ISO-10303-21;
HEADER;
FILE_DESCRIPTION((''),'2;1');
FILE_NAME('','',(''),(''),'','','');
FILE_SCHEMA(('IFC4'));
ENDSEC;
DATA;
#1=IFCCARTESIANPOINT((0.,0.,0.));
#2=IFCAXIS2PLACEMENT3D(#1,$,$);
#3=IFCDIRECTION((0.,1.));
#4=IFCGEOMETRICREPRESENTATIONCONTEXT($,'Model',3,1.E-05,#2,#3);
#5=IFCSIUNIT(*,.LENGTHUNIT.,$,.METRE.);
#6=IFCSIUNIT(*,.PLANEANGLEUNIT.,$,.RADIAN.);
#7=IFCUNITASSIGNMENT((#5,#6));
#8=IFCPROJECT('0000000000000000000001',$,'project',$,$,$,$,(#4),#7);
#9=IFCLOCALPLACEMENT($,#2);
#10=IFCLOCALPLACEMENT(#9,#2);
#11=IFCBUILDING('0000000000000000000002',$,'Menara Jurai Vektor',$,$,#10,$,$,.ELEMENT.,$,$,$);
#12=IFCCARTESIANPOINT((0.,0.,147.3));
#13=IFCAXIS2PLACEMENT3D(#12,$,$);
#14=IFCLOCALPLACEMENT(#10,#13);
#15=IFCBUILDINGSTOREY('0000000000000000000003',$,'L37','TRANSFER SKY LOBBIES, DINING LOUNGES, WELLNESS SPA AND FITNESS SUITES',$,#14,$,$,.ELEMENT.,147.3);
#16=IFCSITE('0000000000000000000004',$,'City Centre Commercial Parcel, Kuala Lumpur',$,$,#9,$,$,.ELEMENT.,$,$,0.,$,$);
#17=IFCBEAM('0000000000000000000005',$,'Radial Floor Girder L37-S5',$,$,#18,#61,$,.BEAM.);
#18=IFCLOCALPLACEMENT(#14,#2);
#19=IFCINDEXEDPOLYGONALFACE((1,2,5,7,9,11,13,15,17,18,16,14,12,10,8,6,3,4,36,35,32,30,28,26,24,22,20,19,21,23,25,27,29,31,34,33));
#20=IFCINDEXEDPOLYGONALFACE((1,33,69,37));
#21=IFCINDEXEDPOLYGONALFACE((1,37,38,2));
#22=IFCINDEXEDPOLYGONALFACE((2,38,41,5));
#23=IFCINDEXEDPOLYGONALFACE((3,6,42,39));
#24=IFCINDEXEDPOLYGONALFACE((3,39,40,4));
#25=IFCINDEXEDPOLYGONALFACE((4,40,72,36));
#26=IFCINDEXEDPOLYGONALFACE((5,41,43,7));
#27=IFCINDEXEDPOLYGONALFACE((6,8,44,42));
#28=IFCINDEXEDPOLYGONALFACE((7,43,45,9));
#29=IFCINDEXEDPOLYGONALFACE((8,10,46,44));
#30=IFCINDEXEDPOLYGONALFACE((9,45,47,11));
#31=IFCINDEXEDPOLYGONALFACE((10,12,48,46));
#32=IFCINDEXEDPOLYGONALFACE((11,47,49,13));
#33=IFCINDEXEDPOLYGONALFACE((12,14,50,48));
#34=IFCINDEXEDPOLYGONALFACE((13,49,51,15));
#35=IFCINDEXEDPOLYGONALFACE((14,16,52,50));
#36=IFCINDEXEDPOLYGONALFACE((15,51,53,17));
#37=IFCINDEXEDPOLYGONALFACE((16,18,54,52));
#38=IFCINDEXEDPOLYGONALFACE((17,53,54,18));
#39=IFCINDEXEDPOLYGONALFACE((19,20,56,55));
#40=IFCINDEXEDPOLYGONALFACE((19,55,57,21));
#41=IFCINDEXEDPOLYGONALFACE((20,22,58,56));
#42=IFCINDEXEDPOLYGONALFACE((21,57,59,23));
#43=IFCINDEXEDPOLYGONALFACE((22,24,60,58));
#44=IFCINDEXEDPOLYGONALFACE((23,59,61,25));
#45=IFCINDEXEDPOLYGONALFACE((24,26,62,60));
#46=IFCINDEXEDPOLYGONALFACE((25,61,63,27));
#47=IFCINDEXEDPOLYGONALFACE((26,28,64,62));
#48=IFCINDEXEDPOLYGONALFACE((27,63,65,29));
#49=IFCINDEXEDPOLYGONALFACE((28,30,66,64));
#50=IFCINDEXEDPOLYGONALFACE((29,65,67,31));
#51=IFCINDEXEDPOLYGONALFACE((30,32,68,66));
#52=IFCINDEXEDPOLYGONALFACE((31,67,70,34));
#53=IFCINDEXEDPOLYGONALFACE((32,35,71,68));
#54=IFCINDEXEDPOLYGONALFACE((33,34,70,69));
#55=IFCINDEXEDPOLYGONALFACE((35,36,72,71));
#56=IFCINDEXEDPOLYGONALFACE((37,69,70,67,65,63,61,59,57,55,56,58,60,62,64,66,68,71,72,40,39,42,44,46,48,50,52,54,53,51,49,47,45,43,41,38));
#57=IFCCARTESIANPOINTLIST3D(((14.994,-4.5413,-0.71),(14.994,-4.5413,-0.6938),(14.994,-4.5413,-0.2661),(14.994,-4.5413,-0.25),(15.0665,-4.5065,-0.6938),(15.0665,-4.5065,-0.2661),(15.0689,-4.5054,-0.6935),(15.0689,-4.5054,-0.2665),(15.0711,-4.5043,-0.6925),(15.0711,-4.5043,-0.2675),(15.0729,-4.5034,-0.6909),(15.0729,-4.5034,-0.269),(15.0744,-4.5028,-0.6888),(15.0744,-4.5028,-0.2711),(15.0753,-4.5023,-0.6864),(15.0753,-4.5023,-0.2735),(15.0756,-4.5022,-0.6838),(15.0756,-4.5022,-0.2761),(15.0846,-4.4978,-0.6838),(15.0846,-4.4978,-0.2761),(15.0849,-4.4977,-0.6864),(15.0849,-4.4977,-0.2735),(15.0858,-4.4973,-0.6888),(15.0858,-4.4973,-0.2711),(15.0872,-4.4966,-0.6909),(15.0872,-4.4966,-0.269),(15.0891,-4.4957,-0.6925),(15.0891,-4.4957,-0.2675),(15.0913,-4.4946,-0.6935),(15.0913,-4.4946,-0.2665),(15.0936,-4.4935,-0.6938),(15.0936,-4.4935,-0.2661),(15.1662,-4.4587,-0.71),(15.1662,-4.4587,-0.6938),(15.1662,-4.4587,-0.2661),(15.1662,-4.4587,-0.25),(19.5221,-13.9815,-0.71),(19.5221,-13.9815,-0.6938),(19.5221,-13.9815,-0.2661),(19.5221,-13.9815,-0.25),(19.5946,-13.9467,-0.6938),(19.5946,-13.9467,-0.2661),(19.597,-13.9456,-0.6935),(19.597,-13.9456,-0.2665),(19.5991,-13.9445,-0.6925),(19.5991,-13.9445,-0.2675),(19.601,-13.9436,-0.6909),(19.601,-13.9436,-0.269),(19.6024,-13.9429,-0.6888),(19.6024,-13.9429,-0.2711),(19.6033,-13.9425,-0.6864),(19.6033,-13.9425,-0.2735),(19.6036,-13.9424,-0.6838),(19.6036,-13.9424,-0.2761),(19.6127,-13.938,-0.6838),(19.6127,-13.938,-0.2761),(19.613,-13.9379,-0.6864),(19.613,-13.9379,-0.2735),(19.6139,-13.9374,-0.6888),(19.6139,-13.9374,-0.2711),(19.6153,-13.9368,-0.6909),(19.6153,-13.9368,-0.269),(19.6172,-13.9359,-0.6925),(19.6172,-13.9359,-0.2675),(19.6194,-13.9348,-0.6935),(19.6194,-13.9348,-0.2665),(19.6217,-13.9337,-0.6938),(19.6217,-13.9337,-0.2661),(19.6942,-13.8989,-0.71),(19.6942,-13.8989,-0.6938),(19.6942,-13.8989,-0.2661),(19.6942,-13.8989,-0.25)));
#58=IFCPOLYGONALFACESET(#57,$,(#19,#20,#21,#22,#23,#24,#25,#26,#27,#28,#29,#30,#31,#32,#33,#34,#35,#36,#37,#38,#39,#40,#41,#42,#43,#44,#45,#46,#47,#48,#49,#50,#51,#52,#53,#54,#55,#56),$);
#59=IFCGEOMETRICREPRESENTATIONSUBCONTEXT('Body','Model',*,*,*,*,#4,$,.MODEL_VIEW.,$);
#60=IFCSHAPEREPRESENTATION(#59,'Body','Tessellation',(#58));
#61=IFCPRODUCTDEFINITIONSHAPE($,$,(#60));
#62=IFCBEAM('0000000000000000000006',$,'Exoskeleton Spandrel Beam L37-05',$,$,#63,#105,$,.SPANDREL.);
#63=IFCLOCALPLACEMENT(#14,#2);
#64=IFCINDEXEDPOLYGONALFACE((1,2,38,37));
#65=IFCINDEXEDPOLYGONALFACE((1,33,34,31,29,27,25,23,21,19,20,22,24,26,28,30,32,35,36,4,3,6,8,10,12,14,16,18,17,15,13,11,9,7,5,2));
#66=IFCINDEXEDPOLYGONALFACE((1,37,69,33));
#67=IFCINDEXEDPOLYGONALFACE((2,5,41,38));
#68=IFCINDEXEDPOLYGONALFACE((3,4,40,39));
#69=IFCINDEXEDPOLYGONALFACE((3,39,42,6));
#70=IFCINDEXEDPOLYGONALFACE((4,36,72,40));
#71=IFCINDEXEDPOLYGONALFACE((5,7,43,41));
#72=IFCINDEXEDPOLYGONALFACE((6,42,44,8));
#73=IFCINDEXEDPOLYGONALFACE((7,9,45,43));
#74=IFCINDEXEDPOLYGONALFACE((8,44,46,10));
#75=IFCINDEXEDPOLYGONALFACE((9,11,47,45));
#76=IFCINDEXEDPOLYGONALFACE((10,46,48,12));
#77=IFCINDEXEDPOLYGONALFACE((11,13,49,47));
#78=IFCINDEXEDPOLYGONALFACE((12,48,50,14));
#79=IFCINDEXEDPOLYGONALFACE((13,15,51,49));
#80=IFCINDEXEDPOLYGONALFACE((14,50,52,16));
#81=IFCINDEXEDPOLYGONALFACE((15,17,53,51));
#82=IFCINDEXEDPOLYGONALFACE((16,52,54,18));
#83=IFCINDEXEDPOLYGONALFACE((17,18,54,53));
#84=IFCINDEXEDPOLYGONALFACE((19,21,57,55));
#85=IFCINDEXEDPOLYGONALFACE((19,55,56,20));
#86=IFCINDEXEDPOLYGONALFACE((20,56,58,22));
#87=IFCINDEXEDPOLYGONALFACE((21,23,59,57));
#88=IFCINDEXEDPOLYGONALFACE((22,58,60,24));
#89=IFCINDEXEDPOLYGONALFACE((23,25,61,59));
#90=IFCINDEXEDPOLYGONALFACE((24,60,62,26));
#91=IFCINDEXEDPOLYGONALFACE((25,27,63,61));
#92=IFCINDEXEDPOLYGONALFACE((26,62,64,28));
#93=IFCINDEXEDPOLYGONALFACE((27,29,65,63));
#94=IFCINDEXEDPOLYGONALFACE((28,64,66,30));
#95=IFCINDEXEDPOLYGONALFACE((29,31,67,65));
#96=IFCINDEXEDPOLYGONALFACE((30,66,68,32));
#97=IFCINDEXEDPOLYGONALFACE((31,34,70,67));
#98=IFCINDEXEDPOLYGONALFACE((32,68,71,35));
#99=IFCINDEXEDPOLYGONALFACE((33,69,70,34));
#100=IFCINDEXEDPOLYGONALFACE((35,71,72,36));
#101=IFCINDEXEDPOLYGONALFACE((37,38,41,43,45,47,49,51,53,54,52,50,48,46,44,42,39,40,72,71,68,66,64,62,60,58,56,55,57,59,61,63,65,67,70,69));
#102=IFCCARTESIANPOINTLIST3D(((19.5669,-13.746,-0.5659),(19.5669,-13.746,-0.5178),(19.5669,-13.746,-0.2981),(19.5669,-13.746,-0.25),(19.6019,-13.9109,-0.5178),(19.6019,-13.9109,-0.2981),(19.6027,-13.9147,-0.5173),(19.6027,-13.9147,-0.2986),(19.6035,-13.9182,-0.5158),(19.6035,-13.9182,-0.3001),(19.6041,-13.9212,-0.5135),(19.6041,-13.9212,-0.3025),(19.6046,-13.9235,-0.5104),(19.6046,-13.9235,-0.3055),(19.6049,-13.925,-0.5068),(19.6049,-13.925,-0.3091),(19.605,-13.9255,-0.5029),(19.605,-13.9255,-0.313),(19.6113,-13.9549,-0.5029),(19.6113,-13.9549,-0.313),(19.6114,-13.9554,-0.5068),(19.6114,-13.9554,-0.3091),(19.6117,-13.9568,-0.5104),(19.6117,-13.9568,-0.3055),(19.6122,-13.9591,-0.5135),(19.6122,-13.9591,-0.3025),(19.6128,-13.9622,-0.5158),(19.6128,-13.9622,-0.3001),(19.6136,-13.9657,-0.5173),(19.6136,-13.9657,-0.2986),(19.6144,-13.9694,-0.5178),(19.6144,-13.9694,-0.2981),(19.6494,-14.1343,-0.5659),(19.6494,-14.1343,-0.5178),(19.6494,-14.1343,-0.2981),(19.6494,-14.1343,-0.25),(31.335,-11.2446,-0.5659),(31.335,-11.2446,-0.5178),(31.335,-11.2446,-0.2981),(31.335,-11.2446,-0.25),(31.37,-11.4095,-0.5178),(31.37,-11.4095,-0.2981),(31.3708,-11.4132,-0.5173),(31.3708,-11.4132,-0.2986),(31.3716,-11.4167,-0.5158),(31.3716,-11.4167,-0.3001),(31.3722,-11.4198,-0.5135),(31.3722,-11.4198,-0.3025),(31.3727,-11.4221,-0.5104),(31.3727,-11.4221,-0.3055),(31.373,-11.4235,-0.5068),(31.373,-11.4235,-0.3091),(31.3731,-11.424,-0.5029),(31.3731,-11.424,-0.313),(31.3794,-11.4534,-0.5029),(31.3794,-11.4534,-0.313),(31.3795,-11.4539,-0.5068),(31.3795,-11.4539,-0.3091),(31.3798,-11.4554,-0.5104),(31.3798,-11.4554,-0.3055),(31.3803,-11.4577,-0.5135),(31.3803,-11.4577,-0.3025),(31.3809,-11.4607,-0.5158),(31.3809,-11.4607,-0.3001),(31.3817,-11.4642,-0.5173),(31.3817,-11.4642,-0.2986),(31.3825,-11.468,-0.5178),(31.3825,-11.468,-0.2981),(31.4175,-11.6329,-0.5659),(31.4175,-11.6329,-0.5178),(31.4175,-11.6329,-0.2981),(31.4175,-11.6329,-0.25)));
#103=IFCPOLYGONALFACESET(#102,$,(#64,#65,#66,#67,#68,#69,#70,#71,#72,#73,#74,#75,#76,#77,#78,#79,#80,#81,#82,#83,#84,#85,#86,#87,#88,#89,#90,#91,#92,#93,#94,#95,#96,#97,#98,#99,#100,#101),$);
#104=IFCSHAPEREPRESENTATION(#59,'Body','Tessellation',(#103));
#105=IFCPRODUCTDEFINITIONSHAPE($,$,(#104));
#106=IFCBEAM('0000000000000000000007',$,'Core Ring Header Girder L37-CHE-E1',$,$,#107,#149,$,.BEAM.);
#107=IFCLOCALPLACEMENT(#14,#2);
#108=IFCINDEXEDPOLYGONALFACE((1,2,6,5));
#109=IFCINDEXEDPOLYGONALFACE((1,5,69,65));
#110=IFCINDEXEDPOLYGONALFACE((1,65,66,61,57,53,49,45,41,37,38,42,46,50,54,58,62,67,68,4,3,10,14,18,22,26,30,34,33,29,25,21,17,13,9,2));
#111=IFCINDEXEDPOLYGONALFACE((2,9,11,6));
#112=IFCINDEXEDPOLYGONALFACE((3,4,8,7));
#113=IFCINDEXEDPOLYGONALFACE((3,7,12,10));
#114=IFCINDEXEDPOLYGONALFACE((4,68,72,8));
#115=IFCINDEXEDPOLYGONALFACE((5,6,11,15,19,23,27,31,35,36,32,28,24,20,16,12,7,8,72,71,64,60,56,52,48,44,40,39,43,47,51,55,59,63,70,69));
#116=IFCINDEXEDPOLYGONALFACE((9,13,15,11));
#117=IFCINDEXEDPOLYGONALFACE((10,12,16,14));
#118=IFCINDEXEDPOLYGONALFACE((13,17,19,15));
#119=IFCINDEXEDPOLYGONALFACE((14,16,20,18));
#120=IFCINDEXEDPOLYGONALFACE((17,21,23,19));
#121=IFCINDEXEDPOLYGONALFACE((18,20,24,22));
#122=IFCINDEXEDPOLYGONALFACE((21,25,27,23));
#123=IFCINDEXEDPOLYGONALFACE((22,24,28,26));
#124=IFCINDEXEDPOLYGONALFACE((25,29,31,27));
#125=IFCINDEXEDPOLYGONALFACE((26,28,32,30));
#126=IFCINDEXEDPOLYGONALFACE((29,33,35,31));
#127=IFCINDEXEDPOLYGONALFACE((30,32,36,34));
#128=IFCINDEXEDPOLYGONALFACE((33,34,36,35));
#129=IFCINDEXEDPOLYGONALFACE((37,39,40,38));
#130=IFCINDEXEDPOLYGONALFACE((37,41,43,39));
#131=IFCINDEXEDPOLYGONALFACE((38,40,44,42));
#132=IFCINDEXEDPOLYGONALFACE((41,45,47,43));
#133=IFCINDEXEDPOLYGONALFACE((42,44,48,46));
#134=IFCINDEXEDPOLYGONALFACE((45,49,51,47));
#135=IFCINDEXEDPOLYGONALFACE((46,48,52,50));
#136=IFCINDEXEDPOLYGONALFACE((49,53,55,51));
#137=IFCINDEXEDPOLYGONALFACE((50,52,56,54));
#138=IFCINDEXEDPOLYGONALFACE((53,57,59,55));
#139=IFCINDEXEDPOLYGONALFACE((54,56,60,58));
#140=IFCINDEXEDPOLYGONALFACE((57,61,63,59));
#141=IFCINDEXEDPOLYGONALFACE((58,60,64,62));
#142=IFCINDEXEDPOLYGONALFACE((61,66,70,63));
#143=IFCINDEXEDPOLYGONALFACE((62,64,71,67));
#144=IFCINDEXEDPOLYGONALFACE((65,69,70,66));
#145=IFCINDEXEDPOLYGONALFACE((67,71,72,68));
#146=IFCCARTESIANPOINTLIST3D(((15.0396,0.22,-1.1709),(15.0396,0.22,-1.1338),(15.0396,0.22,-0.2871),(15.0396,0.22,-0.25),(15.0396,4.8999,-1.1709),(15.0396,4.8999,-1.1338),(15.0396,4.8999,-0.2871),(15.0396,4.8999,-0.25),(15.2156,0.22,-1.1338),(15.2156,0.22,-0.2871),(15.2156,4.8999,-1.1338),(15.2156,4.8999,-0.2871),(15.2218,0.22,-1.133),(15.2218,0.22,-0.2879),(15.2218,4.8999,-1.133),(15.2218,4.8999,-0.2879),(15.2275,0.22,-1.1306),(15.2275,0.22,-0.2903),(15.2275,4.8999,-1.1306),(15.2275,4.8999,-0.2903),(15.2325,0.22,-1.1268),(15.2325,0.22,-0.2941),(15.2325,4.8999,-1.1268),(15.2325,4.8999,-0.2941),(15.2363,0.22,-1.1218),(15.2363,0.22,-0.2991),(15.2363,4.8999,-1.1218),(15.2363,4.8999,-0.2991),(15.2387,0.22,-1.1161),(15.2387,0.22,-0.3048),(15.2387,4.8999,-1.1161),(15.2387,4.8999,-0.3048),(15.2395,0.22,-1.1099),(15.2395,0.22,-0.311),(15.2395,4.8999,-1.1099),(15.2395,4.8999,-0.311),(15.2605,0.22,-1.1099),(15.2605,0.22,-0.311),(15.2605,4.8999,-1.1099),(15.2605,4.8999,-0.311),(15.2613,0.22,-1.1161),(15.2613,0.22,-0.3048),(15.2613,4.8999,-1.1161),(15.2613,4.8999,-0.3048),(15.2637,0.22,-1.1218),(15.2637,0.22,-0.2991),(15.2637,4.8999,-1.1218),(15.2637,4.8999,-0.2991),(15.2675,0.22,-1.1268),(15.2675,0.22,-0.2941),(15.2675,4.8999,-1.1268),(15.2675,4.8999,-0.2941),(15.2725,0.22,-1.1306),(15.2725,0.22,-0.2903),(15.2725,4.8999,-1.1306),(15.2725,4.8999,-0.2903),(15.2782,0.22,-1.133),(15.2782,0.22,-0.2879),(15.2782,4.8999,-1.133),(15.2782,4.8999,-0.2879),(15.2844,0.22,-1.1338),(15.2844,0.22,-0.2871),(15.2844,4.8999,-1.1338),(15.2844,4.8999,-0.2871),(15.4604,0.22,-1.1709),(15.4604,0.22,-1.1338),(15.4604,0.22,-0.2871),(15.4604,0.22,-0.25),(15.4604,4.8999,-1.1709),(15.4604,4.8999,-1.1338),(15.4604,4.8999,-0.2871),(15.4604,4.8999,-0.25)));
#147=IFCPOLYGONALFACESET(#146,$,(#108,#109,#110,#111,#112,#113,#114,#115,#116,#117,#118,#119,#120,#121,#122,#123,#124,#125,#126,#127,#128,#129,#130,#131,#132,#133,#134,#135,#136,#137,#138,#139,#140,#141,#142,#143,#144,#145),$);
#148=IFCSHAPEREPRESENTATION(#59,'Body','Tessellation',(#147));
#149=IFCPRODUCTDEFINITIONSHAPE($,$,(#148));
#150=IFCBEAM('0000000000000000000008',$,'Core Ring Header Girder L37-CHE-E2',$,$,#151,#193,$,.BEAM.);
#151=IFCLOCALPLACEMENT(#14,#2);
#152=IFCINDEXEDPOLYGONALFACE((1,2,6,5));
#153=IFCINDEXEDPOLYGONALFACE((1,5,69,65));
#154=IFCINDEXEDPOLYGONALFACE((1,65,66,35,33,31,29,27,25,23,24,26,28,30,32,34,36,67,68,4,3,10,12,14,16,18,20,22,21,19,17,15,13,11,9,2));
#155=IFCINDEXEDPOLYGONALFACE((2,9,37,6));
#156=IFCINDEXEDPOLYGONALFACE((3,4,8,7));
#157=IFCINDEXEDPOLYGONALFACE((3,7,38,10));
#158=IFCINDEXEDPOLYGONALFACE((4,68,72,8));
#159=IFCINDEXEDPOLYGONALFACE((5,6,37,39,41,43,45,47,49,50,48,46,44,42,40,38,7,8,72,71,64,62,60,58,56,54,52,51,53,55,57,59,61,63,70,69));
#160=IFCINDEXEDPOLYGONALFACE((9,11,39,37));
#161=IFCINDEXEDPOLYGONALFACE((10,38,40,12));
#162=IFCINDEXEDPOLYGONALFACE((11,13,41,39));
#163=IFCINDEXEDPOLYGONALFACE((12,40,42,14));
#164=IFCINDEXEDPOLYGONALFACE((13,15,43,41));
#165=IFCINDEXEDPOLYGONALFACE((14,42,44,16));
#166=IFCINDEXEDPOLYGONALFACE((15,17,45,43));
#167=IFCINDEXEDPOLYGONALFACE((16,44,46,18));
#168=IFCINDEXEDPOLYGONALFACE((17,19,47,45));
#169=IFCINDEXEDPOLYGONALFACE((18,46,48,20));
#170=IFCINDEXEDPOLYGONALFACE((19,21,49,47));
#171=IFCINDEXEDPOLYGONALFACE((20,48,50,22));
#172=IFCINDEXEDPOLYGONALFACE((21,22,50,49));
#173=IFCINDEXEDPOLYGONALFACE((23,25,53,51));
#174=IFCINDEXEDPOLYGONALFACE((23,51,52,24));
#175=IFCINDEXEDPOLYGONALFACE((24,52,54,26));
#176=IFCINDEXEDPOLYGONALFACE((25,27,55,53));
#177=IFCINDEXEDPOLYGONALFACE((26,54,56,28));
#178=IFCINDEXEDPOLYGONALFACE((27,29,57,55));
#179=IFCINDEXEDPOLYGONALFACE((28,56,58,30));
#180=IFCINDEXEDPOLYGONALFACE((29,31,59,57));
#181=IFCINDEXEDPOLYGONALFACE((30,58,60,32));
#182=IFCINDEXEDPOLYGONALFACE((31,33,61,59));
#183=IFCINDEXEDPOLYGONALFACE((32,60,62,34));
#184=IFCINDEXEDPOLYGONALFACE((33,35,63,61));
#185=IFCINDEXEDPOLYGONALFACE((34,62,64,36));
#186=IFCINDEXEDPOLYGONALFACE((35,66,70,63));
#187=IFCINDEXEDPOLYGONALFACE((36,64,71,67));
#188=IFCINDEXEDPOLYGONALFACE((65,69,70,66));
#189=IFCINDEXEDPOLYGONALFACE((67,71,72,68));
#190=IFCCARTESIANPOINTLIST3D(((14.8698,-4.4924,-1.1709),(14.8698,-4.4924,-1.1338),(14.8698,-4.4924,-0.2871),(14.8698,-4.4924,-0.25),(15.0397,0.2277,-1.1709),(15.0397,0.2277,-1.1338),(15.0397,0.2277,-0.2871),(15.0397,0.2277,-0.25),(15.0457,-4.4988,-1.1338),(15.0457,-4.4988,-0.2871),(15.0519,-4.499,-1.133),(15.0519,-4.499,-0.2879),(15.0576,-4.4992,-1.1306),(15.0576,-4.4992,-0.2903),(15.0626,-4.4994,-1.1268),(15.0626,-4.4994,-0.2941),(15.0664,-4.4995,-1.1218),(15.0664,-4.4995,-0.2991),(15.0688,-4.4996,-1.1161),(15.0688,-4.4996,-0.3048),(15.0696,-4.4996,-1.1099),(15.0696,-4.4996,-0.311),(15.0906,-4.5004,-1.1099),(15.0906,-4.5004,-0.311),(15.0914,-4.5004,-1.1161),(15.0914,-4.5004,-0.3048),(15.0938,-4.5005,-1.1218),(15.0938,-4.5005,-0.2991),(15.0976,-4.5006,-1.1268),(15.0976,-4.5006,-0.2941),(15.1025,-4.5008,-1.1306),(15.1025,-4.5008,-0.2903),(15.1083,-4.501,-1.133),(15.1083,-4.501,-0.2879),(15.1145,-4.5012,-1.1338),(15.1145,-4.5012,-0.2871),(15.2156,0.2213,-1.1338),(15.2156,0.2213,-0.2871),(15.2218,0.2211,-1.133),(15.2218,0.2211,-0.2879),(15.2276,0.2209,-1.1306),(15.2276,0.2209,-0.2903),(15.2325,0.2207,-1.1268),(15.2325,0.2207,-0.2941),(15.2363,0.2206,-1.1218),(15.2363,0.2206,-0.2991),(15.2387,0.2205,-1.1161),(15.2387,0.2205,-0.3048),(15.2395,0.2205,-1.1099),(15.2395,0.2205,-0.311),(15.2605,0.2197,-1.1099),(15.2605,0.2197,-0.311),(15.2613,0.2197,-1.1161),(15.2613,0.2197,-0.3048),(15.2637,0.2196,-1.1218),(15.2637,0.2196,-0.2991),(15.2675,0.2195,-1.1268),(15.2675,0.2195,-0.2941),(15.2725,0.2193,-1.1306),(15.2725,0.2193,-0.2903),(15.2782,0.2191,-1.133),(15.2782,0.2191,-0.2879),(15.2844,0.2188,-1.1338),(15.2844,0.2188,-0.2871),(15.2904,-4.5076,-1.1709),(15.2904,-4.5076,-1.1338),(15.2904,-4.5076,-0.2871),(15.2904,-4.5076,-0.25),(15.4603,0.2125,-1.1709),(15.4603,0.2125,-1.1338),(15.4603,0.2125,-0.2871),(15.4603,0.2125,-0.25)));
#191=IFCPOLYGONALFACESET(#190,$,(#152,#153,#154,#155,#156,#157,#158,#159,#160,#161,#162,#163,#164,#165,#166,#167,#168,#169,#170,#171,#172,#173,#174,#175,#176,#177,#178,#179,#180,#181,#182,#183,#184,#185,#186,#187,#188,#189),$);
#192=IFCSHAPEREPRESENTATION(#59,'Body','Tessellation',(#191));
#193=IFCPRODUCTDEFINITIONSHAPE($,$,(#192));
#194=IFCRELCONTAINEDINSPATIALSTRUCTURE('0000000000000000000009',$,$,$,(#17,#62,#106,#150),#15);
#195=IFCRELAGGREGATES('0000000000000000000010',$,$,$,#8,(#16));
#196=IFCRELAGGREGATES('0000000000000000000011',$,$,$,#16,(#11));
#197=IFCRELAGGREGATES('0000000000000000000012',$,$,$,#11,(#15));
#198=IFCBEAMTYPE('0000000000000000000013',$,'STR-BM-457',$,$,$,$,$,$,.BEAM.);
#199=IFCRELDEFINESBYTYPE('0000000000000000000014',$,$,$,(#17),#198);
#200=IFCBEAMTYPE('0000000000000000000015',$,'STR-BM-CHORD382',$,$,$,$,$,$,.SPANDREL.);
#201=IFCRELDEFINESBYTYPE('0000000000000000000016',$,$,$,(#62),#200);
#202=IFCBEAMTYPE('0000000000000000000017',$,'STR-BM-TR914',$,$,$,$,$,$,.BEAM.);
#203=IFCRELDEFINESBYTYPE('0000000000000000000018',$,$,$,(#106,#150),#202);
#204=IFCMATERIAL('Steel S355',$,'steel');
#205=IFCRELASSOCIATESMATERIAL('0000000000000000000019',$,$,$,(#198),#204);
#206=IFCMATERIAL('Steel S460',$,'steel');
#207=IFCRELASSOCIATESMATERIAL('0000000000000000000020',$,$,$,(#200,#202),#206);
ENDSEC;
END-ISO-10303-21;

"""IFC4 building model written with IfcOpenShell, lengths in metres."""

from ifc_helpers import new_model, si_unit, direction, frame, origin, origin_2d, place, context, subcontext, project, spatial, i_section, extrude, material, material_profile, profile_set, type_object, element, save


model = new_model("IFC4")

# Units and contexts
model_context = context("Model", 3, precision=1e-05, world=origin(), true_north=direction((0.0, 1.0)))
body_context = subcontext(model_context, "Body", "Model", "MODEL_VIEW")
ifc_project = project(units=[si_unit("LENGTHUNIT", "METRE"), si_unit("PLANEANGLEUNIT", "RADIAN")], contexts=[model_context])

# Site, building, storey
site_placement = place(None, origin())
site = spatial("IfcSite", under=ifc_project, at=site_placement, Name="City Centre Commercial Parcel, Kuala Lumpur", CompositionType="ELEMENT", RefElevation=0.0)
building_placement = place(site_placement, origin())
building = spatial("IfcBuilding", under=site, at=building_placement, Name="Menara Jurai Vektor", CompositionType="ELEMENT")
storey_placement = place(building_placement, frame((0.0, 0.0, 147.3)))
storey = spatial("IfcBuildingStorey", under=building, at=storey_placement, Name="L37", Description="TRANSFER SKY LOBBIES, DINING LOUNGES, WELLNESS SPA AND FITNESS SUITES", CompositionType="ELEMENT", Elevation=147.3)

# Shared definitions
ifc_material_1 = material(Name="Steel S460", Category="steel")

# Beams
ifc_material_2 = material(Name="Steel S355", Category="steel")
ifc_material_profile_1 = material_profile(ifc_material_2, i_section(OverallWidth=0.1909, OverallDepth=0.46, WebThickness=0.01, FlangeThickness=0.0161, FilletRadius=0.01, at=origin_2d()), Name="UKB 457x191x82")
ifc_profile_set_1 = profile_set([ifc_material_profile_1], Name="Steel S355")
beam_type_1 = type_object("IfcBeamType", Name="STR-BM-457", PredefinedType="BEAM", material=ifc_profile_set_1)
beam_1_placement = place(storey_placement, frame((19.6082, -13.9402, -0.48), z_axis=(-0.432482, 0.901643, 0.0), x_axis=(-0.901643, -0.432482, 0.0)))
element("IfcBeam", 1, at=beam_1_placement, inside=storey, type_object=beam_type_1, Name="Radial Floor Girder L37-S5", PredefinedType="BEAM", context=body_context, shape_type="SweptSolid", body=[
    extrude(i_section(OverallWidth=0.1909, OverallDepth=0.46, WebThickness=0.01, FlangeThickness=0.0161, FilletRadius=0.01, at=origin_2d()), origin(), (0.0, 0.0, 1.0), 10.47),
])
ifc_material_profile_2 = material_profile(ifc_material_1, i_section(OverallWidth=0.397, OverallDepth=0.3159, WebThickness=0.03, FlangeThickness=0.0481, FilletRadius=0.0149, at=origin_2d()), Name="HD 400x382")
ifc_profile_set_2 = profile_set([ifc_material_profile_2], Name="Steel S460")
beam_type_2 = type_object("IfcBeamType", Name="STR-BM-CHORD382", PredefinedType="SPANDREL", material=ifc_profile_set_2)
beam_2_placement = place(storey_placement, frame((19.6082, -13.9402, -0.408), z_axis=(0.978146, 0.207918, 0.0), x_axis=(-0.207918, 0.978146, 0.0)))
element("IfcBeam", 2, at=beam_2_placement, inside=storey, type_object=beam_type_2, Name="Exoskeleton Spandrel Beam L37-05", PredefinedType="SPANDREL", context=body_context, shape_type="SweptSolid", body=[
    extrude(i_section(OverallWidth=0.397, OverallDepth=0.3159, WebThickness=0.03, FlangeThickness=0.0481, FilletRadius=0.0149, at=origin_2d()), origin(), (0.0, 0.0, 1.0), 12.031),
])
ifc_material_profile_3 = material_profile(ifc_material_1, i_section(OverallWidth=0.4209, OverallDepth=0.9209, WebThickness=0.021, FlangeThickness=0.0371, FilletRadius=0.0239, at=origin_2d()), Name="UKB 914x419x388")
ifc_profile_set_3 = profile_set([ifc_material_profile_3], Name="Steel S460")
beam_type_3 = type_object("IfcBeamType", Name="STR-BM-TR914", PredefinedType="BEAM", material=ifc_profile_set_3)
beam_3_placement = place(storey_placement, frame((15.25, 0.22, -0.7104), z_axis=(0.0, 1.0, 0.0), x_axis=(-1.0, 0.0, 0.0)))
element("IfcBeam", 3, at=beam_3_placement, inside=storey, type_object=beam_type_3, Name="Core Ring Header Girder L37-CHE-E1", PredefinedType="BEAM", context=body_context, shape_type="SweptSolid", body=[
    extrude(i_section(OverallWidth=0.4209, OverallDepth=0.9209, WebThickness=0.021, FlangeThickness=0.0371, FilletRadius=0.0239, at=origin_2d()), origin(), (0.0, 0.0, 1.0), 4.6799),
])
beam_4_placement = place(storey_placement, frame((15.0801, -4.5, -0.7104), z_axis=(0.035977, 0.999353, 0.0), x_axis=(-0.999353, 0.035977, 0.0)))
element("IfcBeam", 4, at=beam_4_placement, inside=storey, type_object=beam_type_3, Name="Core Ring Header Girder L37-CHE-E2", PredefinedType="BEAM", context=body_context, shape_type="SweptSolid", body=[
    extrude(i_section(OverallWidth=0.4209, OverallDepth=0.9209, WebThickness=0.021, FlangeThickness=0.0371, FilletRadius=0.0239, at=origin_2d()), origin(), (0.0, 0.0, 1.0), 4.7231),
])

save(model, "model.ifc")
